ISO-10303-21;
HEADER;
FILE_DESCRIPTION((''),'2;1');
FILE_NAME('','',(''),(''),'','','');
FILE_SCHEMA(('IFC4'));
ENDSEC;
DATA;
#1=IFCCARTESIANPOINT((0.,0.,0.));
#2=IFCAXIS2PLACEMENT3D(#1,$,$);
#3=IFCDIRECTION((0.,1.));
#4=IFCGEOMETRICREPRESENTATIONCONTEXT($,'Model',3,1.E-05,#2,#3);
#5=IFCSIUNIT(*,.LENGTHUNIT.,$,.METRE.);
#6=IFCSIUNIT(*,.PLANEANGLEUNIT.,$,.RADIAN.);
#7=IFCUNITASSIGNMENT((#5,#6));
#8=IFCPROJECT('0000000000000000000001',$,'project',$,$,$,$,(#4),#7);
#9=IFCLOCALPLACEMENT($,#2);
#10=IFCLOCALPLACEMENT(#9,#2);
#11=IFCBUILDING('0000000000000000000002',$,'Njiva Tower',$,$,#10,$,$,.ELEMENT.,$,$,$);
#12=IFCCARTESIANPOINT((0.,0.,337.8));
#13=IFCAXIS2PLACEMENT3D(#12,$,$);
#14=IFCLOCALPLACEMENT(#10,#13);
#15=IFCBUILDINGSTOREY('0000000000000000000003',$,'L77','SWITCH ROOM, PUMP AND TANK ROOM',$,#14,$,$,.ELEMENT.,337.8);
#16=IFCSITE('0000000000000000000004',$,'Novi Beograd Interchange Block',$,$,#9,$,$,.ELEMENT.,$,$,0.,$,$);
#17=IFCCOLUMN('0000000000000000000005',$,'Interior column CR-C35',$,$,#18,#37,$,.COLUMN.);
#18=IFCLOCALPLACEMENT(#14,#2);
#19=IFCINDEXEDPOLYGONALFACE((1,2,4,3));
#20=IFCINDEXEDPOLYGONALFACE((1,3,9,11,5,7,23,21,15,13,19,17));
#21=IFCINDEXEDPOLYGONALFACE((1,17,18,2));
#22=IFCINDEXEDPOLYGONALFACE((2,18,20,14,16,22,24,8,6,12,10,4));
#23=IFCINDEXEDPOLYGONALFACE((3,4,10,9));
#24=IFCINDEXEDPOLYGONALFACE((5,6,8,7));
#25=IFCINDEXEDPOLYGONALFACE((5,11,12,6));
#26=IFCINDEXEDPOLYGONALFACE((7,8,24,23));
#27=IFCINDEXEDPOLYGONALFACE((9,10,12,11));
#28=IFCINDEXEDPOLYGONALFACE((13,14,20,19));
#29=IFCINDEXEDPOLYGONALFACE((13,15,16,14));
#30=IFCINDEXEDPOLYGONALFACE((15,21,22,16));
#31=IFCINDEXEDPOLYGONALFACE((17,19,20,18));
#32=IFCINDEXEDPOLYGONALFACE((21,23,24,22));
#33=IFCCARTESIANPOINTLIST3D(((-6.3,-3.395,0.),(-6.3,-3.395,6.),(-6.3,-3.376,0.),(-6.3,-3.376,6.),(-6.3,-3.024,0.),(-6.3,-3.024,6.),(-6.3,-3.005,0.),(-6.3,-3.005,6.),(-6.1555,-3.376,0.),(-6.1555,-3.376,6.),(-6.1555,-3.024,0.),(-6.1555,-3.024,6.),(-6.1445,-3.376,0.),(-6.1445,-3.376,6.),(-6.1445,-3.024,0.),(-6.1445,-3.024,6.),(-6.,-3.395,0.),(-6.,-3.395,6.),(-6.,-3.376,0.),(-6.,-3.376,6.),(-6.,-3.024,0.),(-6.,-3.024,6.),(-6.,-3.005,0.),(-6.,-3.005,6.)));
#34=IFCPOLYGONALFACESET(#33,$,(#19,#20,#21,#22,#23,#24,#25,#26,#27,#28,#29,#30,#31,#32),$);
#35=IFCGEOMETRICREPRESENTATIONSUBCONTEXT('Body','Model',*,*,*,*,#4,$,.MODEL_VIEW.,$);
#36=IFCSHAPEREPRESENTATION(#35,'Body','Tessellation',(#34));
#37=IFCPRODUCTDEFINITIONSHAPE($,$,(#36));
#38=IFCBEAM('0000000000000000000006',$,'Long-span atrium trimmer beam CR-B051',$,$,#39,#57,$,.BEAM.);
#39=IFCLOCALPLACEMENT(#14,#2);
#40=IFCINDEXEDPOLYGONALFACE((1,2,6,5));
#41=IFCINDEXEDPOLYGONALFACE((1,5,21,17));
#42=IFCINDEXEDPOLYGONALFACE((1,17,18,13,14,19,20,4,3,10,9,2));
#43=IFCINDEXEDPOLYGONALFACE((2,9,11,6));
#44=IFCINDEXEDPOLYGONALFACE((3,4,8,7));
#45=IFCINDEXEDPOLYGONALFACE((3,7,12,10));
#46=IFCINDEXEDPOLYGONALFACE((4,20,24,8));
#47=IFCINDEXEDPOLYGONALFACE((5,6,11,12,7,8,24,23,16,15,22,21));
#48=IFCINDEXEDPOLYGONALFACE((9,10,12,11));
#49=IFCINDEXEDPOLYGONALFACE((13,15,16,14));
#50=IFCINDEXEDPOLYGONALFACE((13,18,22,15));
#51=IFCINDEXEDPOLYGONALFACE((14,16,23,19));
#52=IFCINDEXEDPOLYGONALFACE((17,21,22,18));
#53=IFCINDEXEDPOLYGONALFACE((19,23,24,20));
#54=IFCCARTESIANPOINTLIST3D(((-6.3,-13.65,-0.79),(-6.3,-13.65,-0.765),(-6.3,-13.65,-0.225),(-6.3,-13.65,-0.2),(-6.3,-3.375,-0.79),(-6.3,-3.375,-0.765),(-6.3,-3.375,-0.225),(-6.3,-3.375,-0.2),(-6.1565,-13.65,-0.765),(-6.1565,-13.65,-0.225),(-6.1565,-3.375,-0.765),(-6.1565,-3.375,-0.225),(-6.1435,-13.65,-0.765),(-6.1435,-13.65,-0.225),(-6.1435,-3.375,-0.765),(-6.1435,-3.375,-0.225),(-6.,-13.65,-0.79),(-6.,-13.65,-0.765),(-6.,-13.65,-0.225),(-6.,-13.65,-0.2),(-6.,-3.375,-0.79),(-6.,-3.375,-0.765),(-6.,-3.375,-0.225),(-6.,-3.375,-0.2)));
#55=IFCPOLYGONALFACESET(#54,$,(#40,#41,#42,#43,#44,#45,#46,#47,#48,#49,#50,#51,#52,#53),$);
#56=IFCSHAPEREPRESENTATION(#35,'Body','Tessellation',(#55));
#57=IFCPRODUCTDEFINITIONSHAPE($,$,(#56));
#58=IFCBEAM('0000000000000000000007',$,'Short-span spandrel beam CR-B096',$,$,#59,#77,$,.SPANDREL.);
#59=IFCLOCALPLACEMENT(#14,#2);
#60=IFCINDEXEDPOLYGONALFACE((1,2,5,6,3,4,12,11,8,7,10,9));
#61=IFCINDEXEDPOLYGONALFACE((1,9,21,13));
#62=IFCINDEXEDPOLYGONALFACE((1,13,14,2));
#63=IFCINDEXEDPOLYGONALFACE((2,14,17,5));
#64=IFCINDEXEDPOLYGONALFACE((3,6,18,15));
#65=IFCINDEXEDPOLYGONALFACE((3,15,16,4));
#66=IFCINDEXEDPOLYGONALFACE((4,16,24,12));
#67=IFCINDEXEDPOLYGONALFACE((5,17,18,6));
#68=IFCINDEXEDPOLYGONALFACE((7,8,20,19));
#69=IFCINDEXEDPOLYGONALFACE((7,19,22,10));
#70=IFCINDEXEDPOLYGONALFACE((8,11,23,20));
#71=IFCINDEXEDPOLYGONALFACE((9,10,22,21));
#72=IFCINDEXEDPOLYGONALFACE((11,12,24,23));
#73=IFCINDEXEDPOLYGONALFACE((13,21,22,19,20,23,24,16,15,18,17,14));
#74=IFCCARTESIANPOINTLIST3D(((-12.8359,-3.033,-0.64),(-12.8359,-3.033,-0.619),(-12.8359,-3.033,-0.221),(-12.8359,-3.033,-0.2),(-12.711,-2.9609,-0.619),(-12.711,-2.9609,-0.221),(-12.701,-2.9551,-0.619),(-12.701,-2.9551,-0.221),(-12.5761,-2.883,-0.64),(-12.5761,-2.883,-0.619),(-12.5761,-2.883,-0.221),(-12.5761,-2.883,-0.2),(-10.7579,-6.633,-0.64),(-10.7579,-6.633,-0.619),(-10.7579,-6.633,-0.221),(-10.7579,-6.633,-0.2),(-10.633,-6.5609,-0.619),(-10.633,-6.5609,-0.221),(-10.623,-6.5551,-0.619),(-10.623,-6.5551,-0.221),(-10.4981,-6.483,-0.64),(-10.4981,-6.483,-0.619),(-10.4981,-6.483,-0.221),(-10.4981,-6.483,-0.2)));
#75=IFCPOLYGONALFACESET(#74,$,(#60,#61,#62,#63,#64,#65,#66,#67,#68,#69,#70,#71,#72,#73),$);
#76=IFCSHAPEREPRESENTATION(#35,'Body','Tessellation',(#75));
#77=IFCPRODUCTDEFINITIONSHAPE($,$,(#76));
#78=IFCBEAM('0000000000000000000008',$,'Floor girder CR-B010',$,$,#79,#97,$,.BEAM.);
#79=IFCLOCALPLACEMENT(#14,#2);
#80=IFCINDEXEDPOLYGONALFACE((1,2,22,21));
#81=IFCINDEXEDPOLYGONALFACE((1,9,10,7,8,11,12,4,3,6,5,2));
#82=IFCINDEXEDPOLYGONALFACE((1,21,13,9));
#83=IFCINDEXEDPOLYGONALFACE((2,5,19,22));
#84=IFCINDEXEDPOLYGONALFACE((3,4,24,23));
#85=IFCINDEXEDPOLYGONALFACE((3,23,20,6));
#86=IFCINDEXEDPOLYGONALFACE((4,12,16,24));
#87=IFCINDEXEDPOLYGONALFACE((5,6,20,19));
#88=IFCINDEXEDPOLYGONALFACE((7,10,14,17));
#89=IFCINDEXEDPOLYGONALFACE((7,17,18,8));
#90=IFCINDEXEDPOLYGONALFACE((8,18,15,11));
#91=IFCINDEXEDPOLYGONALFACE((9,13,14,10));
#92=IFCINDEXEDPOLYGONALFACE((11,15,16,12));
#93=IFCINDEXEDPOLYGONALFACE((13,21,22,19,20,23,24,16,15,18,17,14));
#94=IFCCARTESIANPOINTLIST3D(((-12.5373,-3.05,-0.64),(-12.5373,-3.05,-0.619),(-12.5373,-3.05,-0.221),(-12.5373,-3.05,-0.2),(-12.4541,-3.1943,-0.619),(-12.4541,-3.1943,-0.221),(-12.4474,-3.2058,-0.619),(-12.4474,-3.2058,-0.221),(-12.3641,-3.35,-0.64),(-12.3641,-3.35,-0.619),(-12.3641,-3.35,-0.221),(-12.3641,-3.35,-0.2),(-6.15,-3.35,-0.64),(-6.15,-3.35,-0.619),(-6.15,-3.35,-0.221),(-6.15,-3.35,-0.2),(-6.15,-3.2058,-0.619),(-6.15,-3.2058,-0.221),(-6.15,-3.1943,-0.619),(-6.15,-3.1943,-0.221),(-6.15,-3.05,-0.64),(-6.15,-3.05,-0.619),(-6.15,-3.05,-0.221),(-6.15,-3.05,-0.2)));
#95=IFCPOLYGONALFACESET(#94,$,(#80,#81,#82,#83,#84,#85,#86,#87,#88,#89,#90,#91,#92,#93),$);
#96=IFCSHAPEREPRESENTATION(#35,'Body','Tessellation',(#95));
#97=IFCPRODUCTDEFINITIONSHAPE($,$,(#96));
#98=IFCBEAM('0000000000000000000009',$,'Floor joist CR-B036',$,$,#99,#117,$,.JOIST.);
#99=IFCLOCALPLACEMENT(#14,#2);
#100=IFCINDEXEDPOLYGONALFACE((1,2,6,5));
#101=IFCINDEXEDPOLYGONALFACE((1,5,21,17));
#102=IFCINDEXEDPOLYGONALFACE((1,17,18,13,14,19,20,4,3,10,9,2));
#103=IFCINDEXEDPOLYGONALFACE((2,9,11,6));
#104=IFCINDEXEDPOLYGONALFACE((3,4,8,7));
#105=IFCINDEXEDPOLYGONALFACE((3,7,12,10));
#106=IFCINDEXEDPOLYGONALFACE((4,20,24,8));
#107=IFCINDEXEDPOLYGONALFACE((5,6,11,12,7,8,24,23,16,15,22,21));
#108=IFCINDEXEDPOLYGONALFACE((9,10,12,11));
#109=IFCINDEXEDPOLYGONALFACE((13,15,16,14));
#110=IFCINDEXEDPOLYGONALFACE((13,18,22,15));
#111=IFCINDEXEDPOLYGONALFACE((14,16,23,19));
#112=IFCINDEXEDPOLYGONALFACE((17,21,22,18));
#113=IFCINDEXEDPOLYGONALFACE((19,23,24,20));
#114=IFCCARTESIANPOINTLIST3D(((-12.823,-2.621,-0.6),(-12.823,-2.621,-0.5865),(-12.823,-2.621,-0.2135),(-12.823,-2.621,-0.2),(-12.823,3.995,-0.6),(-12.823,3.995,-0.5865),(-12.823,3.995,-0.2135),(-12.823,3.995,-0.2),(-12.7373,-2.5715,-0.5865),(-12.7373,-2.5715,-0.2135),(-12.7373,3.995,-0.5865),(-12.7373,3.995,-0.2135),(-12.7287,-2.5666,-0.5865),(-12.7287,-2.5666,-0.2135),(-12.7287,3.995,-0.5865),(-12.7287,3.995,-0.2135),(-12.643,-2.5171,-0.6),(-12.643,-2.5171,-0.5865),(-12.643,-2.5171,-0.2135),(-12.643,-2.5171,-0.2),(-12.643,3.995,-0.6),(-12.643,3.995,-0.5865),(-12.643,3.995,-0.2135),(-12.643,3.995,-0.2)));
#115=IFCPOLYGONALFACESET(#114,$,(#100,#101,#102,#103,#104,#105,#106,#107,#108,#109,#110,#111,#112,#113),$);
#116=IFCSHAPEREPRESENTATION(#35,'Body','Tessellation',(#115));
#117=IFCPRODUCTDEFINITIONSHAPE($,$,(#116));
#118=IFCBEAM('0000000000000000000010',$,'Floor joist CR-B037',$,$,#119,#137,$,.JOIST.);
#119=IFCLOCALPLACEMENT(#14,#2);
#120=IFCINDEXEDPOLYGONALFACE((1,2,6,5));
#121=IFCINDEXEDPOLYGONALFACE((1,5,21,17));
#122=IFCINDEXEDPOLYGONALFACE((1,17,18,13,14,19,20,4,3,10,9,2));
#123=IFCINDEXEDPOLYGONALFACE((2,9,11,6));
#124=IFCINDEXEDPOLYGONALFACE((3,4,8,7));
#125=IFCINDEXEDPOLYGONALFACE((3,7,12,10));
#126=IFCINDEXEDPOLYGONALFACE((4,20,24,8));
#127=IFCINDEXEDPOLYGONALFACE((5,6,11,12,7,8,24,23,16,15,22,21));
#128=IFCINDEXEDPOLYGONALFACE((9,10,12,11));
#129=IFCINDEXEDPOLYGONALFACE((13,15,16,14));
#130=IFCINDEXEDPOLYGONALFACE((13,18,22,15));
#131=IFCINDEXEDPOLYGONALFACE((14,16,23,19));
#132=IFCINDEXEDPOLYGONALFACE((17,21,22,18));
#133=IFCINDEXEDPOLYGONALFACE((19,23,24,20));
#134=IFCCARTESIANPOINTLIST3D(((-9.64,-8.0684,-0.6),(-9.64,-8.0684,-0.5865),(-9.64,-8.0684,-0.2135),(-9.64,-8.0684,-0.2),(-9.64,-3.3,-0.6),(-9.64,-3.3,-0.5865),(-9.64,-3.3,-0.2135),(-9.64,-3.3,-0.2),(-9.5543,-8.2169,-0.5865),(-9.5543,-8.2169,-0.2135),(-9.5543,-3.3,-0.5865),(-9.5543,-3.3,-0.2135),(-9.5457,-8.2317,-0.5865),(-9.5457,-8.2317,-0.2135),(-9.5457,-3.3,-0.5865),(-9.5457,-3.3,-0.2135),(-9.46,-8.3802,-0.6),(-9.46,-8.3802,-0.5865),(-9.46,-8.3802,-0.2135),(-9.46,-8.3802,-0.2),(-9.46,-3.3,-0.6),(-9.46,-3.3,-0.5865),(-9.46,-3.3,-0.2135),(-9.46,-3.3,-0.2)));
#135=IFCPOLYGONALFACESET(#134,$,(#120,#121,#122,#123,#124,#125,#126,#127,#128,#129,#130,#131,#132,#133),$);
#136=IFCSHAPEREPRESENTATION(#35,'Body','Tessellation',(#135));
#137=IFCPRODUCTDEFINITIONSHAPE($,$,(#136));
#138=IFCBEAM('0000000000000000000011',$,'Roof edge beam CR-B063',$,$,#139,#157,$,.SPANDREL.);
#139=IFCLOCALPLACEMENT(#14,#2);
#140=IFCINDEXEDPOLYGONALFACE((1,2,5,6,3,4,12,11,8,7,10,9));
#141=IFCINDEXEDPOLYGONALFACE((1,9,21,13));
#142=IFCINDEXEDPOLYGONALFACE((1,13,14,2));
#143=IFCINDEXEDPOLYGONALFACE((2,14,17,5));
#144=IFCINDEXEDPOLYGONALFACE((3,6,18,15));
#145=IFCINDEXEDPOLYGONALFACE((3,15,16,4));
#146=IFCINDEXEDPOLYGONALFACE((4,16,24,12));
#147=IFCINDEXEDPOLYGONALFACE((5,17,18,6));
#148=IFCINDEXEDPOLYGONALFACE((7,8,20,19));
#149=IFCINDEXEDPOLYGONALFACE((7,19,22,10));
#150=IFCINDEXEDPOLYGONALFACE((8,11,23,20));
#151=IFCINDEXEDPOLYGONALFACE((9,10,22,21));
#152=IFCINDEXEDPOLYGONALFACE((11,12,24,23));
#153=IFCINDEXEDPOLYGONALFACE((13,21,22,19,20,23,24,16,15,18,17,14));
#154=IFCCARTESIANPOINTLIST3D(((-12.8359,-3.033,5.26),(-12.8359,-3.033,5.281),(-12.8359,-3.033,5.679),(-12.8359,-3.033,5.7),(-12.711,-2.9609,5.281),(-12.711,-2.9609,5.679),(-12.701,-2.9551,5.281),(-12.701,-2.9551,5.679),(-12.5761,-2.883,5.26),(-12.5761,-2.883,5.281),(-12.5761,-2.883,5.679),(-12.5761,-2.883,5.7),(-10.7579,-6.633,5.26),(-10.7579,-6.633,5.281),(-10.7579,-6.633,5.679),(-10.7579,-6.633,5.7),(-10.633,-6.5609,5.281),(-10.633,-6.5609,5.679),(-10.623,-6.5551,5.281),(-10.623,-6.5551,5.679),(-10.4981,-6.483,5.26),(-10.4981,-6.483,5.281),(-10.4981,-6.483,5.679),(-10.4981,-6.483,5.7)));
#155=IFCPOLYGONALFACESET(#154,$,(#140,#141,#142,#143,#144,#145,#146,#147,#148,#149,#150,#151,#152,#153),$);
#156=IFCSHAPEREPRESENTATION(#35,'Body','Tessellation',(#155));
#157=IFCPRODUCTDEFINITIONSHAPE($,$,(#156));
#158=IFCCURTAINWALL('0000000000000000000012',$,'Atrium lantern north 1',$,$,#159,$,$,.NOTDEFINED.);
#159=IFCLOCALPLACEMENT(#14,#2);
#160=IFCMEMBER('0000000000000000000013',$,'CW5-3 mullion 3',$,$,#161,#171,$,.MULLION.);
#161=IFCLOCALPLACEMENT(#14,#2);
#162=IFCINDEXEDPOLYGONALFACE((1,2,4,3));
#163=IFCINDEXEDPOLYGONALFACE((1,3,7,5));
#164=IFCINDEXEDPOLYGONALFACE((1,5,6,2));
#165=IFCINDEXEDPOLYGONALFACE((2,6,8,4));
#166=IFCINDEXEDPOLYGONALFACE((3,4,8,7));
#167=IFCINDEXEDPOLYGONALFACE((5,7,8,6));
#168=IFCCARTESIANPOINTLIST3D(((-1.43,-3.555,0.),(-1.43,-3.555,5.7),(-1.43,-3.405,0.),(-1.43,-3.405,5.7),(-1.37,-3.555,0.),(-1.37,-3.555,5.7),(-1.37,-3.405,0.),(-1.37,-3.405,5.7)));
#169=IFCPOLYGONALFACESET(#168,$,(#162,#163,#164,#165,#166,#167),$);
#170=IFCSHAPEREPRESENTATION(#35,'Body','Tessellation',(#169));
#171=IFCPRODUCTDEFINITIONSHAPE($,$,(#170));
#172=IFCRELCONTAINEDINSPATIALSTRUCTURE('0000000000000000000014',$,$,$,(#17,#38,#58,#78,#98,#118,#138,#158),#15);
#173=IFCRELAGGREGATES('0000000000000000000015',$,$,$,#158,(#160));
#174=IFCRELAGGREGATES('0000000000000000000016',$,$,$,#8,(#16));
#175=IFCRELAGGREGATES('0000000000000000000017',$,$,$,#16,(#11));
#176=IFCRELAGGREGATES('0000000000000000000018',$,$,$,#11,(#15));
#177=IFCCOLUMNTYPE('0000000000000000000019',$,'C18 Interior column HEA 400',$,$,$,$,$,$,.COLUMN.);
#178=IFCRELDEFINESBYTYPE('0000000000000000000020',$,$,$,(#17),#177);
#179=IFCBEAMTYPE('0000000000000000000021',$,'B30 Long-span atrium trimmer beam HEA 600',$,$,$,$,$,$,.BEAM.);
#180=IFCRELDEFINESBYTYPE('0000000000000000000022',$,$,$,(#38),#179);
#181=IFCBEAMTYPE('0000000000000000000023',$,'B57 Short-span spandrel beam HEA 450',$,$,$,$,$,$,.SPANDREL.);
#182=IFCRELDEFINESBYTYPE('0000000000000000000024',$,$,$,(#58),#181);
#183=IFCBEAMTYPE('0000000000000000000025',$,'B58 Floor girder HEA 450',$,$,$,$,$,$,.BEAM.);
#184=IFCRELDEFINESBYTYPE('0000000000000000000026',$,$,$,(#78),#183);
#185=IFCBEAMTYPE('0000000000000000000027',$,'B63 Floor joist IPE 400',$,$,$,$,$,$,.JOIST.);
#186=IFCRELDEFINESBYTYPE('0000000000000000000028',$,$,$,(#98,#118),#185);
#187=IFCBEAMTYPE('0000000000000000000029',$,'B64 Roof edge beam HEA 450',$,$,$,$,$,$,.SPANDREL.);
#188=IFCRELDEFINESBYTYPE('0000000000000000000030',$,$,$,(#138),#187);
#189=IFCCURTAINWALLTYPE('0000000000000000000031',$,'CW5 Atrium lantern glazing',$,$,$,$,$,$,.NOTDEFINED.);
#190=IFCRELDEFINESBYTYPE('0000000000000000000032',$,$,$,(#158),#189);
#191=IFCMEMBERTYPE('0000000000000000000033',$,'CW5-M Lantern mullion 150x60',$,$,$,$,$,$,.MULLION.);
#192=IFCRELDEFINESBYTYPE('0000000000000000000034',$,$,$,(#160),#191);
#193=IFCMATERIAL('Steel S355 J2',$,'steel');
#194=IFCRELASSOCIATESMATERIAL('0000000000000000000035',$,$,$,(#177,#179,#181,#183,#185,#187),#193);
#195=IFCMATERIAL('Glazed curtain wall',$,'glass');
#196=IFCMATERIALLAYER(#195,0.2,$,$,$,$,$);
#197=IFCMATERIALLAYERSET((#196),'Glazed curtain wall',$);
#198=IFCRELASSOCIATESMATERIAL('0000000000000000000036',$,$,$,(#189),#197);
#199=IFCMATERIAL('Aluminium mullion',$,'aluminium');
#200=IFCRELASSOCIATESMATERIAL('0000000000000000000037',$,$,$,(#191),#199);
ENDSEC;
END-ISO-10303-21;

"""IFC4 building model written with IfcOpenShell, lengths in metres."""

from ifc_helpers import new_model, si_unit, direction, frame, origin, origin_2d, place, context, subcontext, project, spatial, rectangle, i_section, extrude, clip, halfspace, material, layer, layer_set, material_profile, profile_set, type_object, element, aggregate, save


model = new_model("IFC4")

# Units and contexts
model_context = context("Model", 3, precision=1e-05, world=origin(), true_north=direction((0.0, 1.0)))
body_context = subcontext(model_context, "Body", "Model", "MODEL_VIEW")
ifc_project = project(units=[si_unit("LENGTHUNIT", "METRE"), si_unit("PLANEANGLEUNIT", "RADIAN")], contexts=[model_context])

# Site, building, storey
site_placement = place(None, origin())
site = spatial("IfcSite", under=ifc_project, at=site_placement, Name="Novi Beograd Interchange Block", CompositionType="ELEMENT", RefElevation=0.0)
building_placement = place(site_placement, origin())
building = spatial("IfcBuilding", under=site, at=building_placement, Name="Njiva Tower", CompositionType="ELEMENT")
storey_placement = place(building_placement, frame((0.0, 0.0, 337.8)))
storey = spatial("IfcBuildingStorey", under=building, at=storey_placement, Name="L77", Description="SWITCH ROOM, PUMP AND TANK ROOM", CompositionType="ELEMENT", Elevation=337.8)

# Column
ifc_material_1 = material(Name="Steel S355 J2", Category="steel")
ifc_material_profile_1 = material_profile(ifc_material_1, i_section(OverallWidth=0.3, OverallDepth=0.39, WebThickness=0.011, FlangeThickness=0.019, at=origin_2d()), Name="HEA 400")
ifc_profile_set_1 = profile_set([ifc_material_profile_1], Name="Steel S355 J2")
column_type = type_object("IfcColumnType", Name="C18 Interior column HEA 400", PredefinedType="COLUMN", material=ifc_profile_set_1)
column_placement = place(storey_placement, frame((-6.15, -3.2, 0.0), z_axis=(0.0, 0.0, 1.0), x_axis=(1.0, 0.0, 0.0)))
element("IfcColumn", 1, at=column_placement, inside=storey, type_object=column_type, Name="Interior column CR-C35", PredefinedType="COLUMN", context=body_context, shape_type="SweptSolid", body=[
    extrude(i_section(OverallWidth=0.3, OverallDepth=0.39, WebThickness=0.011, FlangeThickness=0.019, at=origin_2d()), origin(), (0.0, 0.0, 1.0), 6.0),
])

# Beams
ifc_material_profile_2 = material_profile(ifc_material_1, i_section(OverallWidth=0.3, OverallDepth=0.59, WebThickness=0.013, FlangeThickness=0.025, at=origin_2d()), Name="HEA 600")
ifc_profile_set_2 = profile_set([ifc_material_profile_2], Name="Steel S355 J2")
beam_type_1 = type_object("IfcBeamType", Name="B30 Long-span atrium trimmer beam HEA 600", PredefinedType="BEAM", material=ifc_profile_set_2)
beam_1_placement = place(storey_placement, frame((-6.15, -3.375, -0.495), z_axis=(0.0, -1.0, 0.0), x_axis=(1.0, 0.0, 0.0)))
element("IfcBeam", 2, at=beam_1_placement, inside=storey, type_object=beam_type_1, Name="Long-span atrium trimmer beam CR-B051", PredefinedType="BEAM", context=body_context, shape_type="SweptSolid", body=[
    extrude(i_section(OverallWidth=0.3, OverallDepth=0.59, WebThickness=0.013, FlangeThickness=0.025, at=origin_2d()), origin(), (0.0, 0.0, 1.0), 10.275),
])
ifc_material_profile_3 = material_profile(ifc_material_1, i_section(OverallWidth=0.3, OverallDepth=0.44, WebThickness=0.0115, FlangeThickness=0.021, at=origin_2d()), Name="HEA 450")
ifc_profile_set_3 = profile_set([ifc_material_profile_3], Name="Steel S355 J2")
beam_type_2 = type_object("IfcBeamType", Name="B57 Short-span spandrel beam HEA 450", PredefinedType="SPANDREL", material=ifc_profile_set_3)
beam_2_placement = place(storey_placement, frame((-12.706, -2.958, -0.42), z_axis=(0.499917, -0.866073, 0.0), x_axis=(0.866073, 0.499917, 0.0)))
element("IfcBeam", 3, at=beam_2_placement, inside=storey, type_object=beam_type_2, Name="Short-span spandrel beam CR-B096", PredefinedType="SPANDREL", context=body_context, shape_type="SweptSolid", body=[
    extrude(i_section(OverallWidth=0.3, OverallDepth=0.44, WebThickness=0.0115, FlangeThickness=0.021, at=origin_2d()), origin(), (0.0, 0.0, 1.0), 4.1567),
])
ifc_material_profile_4 = material_profile(ifc_material_1, i_section(OverallWidth=0.3, OverallDepth=0.44, WebThickness=0.0115, FlangeThickness=0.021, at=origin_2d()), Name="HEA 450")
ifc_profile_set_4 = profile_set([ifc_material_profile_4], Name="Steel S355 J2")
beam_type_3 = type_object("IfcBeamType", Name="B58 Floor girder HEA 450", PredefinedType="BEAM", material=ifc_profile_set_4)
beam_3_placement = place(storey_placement, frame((-12.558, -3.2, -0.42), z_axis=(1.0, 0.0, 0.0), x_axis=(0.0, 1.0, 0.0)))
element("IfcBeam", 4, at=beam_3_placement, inside=storey, type_object=beam_type_3, Name="Floor girder CR-B010", PredefinedType="BEAM", context=body_context, shape_type="Clipping", body=[
    clip(extrude(i_section(OverallWidth=0.3, OverallDepth=0.44, WebThickness=0.0115, FlangeThickness=0.021, at=origin_2d()), origin(), (0.0, 0.0, 1.0), 6.408), halfspace(frame((-0.025, 0.0, 0.1217), z_axis=(-0.499998, 0.0, -0.866027), x_axis=(0.0, -1.0, 0.0)), False)),
])
ifc_material_profile_5 = material_profile(ifc_material_1, i_section(OverallWidth=0.18, OverallDepth=0.4, WebThickness=0.0086, FlangeThickness=0.0135, at=origin_2d()), Name="IPE 400")
ifc_profile_set_5 = profile_set([ifc_material_profile_5], Name="Steel S355 J2")
beam_type_4 = type_object("IfcBeamType", Name="B63 Floor joist IPE 400", PredefinedType="JOIST", material=ifc_profile_set_5)
beam_4_placement = place(storey_placement, frame((-12.733, 3.995, -0.4), z_axis=(0.0, -1.0, 0.0), x_axis=(1.0, 0.0, 0.0)))
element("IfcBeam", 5, at=beam_4_placement, inside=storey, type_object=beam_type_4, Name="Floor joist CR-B036", PredefinedType="JOIST", context=body_context, shape_type="Clipping", body=[
    clip(extrude(i_section(OverallWidth=0.18, OverallDepth=0.4, WebThickness=0.0086, FlangeThickness=0.0135, at=origin_2d()), origin(), (0.0, 0.0, 1.0), 6.636), halfspace(frame((0.0247, 0.0, 6.5498), z_axis=(0.499998, 0.0, 0.866027), x_axis=(0.0, 1.0, 0.0)), False)),
])
beam_5_placement = place(storey_placement, frame((-9.55, -3.3, -0.4), z_axis=(0.0, -1.0, 0.0), x_axis=(1.0, 0.0, 0.0)))
element("IfcBeam", 6, at=beam_5_placement, inside=storey, type_object=beam_type_4, Name="Floor joist CR-B037", PredefinedType="JOIST", context=body_context, shape_type="Clipping", body=[
    clip(extrude(i_section(OverallWidth=0.18, OverallDepth=0.4, WebThickness=0.0086, FlangeThickness=0.0135, at=origin_2d()), origin(), (0.0, 0.0, 1.0), 5.1), halfspace(frame((-0.0433, 0.0, 4.8493), z_axis=(-0.866027, 0.0, 0.499998), x_axis=(0.0, 1.0, 0.0)), False)),
])
ifc_material_profile_6 = material_profile(ifc_material_1, i_section(OverallWidth=0.3, OverallDepth=0.44, WebThickness=0.0115, FlangeThickness=0.021, at=origin_2d()), Name="HEA 450")
ifc_profile_set_6 = profile_set([ifc_material_profile_6], Name="Steel S355 J2")
beam_type_5 = type_object("IfcBeamType", Name="B64 Roof edge beam HEA 450", PredefinedType="SPANDREL", material=ifc_profile_set_6)
beam_6_placement = place(storey_placement, frame((-12.706, -2.958, 5.48), z_axis=(0.499917, -0.866073, 0.0), x_axis=(0.866073, 0.499917, 0.0)))
element("IfcBeam", 7, at=beam_6_placement, inside=storey, type_object=beam_type_5, Name="Roof edge beam CR-B063", PredefinedType="SPANDREL", context=body_context, shape_type="SweptSolid", body=[
    extrude(i_section(OverallWidth=0.3, OverallDepth=0.44, WebThickness=0.0115, FlangeThickness=0.021, at=origin_2d()), origin(), (0.0, 0.0, 1.0), 4.1567),
])

# Curtain wall, member
ifc_material_2 = material(Name="Glazed curtain wall", Category="glass")
ifc_layer_1 = layer(ifc_material_2, 0.2)
ifc_layer_set_1 = layer_set([ifc_layer_1], Name="Glazed curtain wall")
curtain_wall_type = type_object("IfcCurtainWallType", Name="CW5 Atrium lantern glazing", PredefinedType="NOTDEFINED", material=ifc_layer_set_1)
curtain_wall_placement = place(storey_placement, origin())
curtain_wall = element("IfcCurtainWall", 8, at=curtain_wall_placement, inside=storey, type_object=curtain_wall_type, Name="Atrium lantern north 1", PredefinedType="NOTDEFINED")
ifc_material_3 = material(Name="Aluminium mullion", Category="aluminium")
ifc_material_profile_7 = material_profile(ifc_material_3, rectangle(XDim=0.15, YDim=0.06, at=origin_2d()), Name="RECT 150x60")
ifc_profile_set_7 = profile_set([ifc_material_profile_7], Name="Aluminium mullion")
member_type_1 = type_object("IfcMemberType", Name="CW5-M Lantern mullion 150x60", PredefinedType="MULLION", material=ifc_profile_set_7)
member_1_placement = place(storey_placement, frame((-1.4, -3.48, 0.0), z_axis=(0.0, 0.0, 1.0), x_axis=(0.0, 1.0, 0.0)))
member_1 = element("IfcMember", 9, at=member_1_placement, type_object=member_type_1, Name="CW5-3 mullion 3", PredefinedType="MULLION", context=body_context, shape_type="SweptSolid", body=[
    extrude(rectangle(XDim=0.15, YDim=0.06, at=origin_2d()), origin(), (0.0, 0.0, 1.0), 5.7),
])
aggregate(curtain_wall, [member_1])

save(model, "model.ifc")
